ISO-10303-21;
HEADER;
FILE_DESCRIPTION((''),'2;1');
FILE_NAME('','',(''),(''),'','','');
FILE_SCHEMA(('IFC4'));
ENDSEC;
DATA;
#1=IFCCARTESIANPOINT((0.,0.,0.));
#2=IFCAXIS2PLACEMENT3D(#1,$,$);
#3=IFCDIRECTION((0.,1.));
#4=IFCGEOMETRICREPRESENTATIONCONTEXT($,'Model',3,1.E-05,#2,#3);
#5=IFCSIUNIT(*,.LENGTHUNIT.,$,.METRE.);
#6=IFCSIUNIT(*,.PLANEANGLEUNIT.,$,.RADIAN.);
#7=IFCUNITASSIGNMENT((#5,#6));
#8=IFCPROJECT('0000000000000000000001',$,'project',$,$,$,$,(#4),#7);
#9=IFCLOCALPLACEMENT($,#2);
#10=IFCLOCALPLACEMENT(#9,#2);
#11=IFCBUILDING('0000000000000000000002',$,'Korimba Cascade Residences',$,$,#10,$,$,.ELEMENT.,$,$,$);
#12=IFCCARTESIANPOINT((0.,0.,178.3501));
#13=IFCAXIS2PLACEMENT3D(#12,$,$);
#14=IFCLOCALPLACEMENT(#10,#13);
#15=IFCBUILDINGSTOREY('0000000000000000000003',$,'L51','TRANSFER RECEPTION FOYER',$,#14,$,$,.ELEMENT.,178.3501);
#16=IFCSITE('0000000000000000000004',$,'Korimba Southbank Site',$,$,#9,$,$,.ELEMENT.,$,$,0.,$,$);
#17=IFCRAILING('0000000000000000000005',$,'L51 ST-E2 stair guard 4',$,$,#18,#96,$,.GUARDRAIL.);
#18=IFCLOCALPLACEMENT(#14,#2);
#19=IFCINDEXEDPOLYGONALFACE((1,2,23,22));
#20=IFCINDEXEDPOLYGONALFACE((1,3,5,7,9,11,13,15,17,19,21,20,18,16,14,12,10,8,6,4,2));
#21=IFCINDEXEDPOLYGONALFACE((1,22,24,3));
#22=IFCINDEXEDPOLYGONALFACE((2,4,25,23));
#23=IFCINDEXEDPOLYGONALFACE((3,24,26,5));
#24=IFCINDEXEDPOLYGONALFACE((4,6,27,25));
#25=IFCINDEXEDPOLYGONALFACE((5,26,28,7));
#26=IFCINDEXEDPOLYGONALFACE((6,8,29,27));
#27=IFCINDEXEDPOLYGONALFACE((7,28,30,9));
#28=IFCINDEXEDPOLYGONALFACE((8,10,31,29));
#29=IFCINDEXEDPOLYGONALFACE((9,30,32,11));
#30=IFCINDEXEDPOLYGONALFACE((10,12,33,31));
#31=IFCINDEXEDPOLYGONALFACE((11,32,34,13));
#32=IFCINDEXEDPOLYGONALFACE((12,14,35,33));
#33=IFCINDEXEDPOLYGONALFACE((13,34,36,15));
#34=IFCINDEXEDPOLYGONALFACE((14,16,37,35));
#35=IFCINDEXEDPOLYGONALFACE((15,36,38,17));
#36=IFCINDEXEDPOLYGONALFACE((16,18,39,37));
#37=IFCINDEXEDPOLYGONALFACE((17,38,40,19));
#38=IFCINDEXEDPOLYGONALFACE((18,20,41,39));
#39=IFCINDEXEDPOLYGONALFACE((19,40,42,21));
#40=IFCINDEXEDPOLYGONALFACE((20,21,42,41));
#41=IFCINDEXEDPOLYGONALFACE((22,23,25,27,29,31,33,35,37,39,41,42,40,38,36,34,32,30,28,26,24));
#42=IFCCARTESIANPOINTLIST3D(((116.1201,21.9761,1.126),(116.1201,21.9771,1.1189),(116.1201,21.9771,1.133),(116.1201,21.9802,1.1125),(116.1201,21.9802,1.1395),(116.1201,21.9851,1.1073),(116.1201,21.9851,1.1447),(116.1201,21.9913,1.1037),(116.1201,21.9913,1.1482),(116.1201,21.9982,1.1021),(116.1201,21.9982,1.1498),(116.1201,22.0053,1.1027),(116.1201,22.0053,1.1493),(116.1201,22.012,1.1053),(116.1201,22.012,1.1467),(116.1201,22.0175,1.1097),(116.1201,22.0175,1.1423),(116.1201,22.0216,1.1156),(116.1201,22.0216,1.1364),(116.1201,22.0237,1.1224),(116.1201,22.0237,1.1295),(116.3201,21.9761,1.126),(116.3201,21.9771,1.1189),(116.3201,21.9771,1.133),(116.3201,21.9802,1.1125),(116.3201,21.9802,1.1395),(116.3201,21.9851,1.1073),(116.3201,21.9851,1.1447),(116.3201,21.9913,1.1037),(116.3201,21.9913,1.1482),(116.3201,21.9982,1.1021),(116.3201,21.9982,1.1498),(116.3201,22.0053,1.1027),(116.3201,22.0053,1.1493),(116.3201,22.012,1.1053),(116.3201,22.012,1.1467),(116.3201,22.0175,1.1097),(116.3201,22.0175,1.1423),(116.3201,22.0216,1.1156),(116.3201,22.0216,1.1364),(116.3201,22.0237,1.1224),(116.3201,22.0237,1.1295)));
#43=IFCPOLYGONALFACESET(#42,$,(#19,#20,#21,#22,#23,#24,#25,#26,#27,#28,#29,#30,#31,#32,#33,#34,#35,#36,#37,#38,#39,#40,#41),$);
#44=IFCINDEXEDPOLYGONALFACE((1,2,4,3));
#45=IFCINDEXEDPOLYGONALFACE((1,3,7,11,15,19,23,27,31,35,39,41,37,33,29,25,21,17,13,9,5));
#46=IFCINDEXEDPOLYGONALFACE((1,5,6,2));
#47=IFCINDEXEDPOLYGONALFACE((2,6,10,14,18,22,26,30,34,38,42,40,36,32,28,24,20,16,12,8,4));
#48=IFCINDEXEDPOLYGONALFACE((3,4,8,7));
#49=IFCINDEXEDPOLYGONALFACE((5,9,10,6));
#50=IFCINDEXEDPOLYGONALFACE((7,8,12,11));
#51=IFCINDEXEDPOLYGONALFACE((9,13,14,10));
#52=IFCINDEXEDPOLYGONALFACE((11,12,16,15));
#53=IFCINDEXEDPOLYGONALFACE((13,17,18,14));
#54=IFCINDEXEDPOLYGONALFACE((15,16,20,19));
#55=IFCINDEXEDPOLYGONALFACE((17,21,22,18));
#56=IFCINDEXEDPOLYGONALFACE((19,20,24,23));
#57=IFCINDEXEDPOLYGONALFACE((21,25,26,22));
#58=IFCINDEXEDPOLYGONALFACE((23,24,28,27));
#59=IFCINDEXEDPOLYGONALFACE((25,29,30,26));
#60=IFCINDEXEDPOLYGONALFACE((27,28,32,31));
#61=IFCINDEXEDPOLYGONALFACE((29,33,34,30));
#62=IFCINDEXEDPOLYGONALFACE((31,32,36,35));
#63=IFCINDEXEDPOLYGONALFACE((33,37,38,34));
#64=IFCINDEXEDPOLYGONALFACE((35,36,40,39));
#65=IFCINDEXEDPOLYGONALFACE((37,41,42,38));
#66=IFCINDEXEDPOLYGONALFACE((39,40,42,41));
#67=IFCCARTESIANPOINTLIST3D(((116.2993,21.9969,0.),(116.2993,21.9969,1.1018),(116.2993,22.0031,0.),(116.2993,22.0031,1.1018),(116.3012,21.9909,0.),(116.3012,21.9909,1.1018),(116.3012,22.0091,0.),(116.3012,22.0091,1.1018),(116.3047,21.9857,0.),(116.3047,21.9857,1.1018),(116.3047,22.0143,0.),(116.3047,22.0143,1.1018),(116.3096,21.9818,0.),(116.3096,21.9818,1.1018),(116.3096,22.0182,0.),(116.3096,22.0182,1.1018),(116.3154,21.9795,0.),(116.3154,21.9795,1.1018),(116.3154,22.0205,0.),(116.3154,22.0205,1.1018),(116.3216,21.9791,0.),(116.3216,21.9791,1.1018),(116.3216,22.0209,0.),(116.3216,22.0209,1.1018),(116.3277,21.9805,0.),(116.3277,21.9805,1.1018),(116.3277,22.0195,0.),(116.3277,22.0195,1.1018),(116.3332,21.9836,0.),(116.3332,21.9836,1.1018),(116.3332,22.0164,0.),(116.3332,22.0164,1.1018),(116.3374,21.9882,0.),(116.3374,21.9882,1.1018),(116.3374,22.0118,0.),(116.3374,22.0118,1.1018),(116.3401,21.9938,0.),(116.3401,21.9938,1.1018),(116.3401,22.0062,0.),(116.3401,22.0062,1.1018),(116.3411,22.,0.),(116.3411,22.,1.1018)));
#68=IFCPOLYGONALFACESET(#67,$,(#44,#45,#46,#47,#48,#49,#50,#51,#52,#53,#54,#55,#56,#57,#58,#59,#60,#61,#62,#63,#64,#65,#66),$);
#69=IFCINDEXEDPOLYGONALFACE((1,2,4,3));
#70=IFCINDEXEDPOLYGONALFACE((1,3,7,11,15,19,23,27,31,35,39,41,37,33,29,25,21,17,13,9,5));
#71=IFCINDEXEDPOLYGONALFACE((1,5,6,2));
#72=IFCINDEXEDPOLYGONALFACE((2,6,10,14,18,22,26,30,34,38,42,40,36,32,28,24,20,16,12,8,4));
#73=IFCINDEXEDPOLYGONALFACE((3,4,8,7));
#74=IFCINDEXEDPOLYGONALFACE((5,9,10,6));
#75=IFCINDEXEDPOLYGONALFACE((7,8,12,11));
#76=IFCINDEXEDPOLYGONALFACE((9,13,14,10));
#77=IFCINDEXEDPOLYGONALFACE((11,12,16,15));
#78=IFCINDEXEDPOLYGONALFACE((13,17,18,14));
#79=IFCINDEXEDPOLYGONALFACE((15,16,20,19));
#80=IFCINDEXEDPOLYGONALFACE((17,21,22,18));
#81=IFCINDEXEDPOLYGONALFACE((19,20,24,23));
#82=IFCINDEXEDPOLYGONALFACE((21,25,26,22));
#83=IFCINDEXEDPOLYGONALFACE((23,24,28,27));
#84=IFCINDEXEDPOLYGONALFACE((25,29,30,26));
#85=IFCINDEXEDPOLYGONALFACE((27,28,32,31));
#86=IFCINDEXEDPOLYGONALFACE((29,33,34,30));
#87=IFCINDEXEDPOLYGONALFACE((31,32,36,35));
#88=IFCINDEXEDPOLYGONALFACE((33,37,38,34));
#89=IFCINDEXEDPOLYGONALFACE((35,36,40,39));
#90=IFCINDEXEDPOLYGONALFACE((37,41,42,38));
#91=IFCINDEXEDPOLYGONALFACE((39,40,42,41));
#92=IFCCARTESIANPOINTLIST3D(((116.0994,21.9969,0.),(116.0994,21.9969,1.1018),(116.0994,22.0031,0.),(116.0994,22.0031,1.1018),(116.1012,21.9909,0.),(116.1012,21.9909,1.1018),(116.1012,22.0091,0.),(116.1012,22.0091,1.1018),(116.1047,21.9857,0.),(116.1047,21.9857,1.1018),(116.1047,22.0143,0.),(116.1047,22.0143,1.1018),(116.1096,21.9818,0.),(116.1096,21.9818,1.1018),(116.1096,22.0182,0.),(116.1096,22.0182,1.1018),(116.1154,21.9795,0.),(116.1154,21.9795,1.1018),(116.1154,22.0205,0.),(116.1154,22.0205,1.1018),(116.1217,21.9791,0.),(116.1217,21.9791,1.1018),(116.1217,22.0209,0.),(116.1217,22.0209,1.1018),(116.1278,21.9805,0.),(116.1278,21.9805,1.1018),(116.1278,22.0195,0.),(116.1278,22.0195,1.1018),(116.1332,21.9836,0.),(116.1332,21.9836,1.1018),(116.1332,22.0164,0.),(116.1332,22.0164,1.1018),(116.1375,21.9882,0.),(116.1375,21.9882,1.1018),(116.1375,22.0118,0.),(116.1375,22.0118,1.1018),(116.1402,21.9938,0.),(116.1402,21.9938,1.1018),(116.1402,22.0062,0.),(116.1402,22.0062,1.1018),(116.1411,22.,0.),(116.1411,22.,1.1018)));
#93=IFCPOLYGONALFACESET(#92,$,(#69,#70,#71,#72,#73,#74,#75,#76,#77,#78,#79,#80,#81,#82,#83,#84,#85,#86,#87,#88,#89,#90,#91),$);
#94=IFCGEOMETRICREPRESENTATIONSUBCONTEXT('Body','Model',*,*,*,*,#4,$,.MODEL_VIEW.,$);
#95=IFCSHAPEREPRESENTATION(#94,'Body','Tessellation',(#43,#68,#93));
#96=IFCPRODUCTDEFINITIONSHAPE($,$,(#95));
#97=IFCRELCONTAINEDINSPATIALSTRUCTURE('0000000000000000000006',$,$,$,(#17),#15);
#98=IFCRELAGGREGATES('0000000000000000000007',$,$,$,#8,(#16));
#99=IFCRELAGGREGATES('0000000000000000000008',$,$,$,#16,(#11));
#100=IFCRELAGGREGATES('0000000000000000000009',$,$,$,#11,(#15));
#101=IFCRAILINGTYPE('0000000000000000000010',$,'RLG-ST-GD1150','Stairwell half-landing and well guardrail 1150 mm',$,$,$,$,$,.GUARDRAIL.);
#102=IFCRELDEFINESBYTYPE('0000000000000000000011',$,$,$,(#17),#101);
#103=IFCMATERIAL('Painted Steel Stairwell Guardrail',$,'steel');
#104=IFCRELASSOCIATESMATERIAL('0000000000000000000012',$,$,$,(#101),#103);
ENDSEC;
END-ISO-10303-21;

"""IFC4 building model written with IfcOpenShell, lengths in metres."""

from ifc_helpers import new_model, si_unit, direction, frame, origin, origin_2d, place, context, subcontext, project, spatial, circle, extrude, material, type_object, element, save


model = new_model("IFC4")

# Units and contexts
model_context = context("Model", 3, precision=1e-05, world=origin(), true_north=direction((0.0, 1.0)))
body_context = subcontext(model_context, "Body", "Model", "MODEL_VIEW")
ifc_project = project(units=[si_unit("LENGTHUNIT", "METRE"), si_unit("PLANEANGLEUNIT", "RADIAN")], contexts=[model_context])

# Site, building, storey
site_placement = place(None, origin())
site = spatial("IfcSite", under=ifc_project, at=site_placement, Name="Korimba Southbank Site", CompositionType="ELEMENT", RefElevation=0.0)
building_placement = place(site_placement, origin())
building = spatial("IfcBuilding", under=site, at=building_placement, Name="Korimba Cascade Residences", CompositionType="ELEMENT")
storey_placement = place(building_placement, frame((0.0, 0.0, 178.3501)))
storey = spatial("IfcBuildingStorey", under=building, at=storey_placement, Name="L51", Description="TRANSFER RECEPTION FOYER", CompositionType="ELEMENT", Elevation=178.3501)

# Railing
ifc_material_1 = material(Name="Painted Steel Stairwell Guardrail", Category="steel")
railing_type_1 = type_object("IfcRailingType", Name="RLG-ST-GD1150", Description="Stairwell half-landing and well guardrail 1150 mm", PredefinedType="GUARDRAIL", material=ifc_material_1)
railing_1_placement = place(storey_placement, frame((116.3201, 22.0, 0.0)))
element("IfcRailing", 1, at=railing_1_placement, inside=storey, type_object=railing_type_1, Name="L51 ST-E2 stair guard 4", PredefinedType="GUARDRAIL", context=body_context, shape_type="SweptSolid", body=[
    extrude(circle(Radius=0.0239, at=origin_2d()), frame((0.0, 0.0, 1.126), z_axis=(-1.0, 0.0, 0.0), x_axis=(0.0, -1.0, 0.0)), (0.0, 0.0, 1.0), 0.2),
    extrude(circle(Radius=0.021, at=origin_2d()), origin(), (0.0, 0.0, 1.0), 1.1018),
    extrude(circle(Radius=0.021, at=origin_2d()), frame((-0.2, 0.0, 0.0)), (0.0, 0.0, 1.0), 1.1018),
])

save(model, "model.ifc")
